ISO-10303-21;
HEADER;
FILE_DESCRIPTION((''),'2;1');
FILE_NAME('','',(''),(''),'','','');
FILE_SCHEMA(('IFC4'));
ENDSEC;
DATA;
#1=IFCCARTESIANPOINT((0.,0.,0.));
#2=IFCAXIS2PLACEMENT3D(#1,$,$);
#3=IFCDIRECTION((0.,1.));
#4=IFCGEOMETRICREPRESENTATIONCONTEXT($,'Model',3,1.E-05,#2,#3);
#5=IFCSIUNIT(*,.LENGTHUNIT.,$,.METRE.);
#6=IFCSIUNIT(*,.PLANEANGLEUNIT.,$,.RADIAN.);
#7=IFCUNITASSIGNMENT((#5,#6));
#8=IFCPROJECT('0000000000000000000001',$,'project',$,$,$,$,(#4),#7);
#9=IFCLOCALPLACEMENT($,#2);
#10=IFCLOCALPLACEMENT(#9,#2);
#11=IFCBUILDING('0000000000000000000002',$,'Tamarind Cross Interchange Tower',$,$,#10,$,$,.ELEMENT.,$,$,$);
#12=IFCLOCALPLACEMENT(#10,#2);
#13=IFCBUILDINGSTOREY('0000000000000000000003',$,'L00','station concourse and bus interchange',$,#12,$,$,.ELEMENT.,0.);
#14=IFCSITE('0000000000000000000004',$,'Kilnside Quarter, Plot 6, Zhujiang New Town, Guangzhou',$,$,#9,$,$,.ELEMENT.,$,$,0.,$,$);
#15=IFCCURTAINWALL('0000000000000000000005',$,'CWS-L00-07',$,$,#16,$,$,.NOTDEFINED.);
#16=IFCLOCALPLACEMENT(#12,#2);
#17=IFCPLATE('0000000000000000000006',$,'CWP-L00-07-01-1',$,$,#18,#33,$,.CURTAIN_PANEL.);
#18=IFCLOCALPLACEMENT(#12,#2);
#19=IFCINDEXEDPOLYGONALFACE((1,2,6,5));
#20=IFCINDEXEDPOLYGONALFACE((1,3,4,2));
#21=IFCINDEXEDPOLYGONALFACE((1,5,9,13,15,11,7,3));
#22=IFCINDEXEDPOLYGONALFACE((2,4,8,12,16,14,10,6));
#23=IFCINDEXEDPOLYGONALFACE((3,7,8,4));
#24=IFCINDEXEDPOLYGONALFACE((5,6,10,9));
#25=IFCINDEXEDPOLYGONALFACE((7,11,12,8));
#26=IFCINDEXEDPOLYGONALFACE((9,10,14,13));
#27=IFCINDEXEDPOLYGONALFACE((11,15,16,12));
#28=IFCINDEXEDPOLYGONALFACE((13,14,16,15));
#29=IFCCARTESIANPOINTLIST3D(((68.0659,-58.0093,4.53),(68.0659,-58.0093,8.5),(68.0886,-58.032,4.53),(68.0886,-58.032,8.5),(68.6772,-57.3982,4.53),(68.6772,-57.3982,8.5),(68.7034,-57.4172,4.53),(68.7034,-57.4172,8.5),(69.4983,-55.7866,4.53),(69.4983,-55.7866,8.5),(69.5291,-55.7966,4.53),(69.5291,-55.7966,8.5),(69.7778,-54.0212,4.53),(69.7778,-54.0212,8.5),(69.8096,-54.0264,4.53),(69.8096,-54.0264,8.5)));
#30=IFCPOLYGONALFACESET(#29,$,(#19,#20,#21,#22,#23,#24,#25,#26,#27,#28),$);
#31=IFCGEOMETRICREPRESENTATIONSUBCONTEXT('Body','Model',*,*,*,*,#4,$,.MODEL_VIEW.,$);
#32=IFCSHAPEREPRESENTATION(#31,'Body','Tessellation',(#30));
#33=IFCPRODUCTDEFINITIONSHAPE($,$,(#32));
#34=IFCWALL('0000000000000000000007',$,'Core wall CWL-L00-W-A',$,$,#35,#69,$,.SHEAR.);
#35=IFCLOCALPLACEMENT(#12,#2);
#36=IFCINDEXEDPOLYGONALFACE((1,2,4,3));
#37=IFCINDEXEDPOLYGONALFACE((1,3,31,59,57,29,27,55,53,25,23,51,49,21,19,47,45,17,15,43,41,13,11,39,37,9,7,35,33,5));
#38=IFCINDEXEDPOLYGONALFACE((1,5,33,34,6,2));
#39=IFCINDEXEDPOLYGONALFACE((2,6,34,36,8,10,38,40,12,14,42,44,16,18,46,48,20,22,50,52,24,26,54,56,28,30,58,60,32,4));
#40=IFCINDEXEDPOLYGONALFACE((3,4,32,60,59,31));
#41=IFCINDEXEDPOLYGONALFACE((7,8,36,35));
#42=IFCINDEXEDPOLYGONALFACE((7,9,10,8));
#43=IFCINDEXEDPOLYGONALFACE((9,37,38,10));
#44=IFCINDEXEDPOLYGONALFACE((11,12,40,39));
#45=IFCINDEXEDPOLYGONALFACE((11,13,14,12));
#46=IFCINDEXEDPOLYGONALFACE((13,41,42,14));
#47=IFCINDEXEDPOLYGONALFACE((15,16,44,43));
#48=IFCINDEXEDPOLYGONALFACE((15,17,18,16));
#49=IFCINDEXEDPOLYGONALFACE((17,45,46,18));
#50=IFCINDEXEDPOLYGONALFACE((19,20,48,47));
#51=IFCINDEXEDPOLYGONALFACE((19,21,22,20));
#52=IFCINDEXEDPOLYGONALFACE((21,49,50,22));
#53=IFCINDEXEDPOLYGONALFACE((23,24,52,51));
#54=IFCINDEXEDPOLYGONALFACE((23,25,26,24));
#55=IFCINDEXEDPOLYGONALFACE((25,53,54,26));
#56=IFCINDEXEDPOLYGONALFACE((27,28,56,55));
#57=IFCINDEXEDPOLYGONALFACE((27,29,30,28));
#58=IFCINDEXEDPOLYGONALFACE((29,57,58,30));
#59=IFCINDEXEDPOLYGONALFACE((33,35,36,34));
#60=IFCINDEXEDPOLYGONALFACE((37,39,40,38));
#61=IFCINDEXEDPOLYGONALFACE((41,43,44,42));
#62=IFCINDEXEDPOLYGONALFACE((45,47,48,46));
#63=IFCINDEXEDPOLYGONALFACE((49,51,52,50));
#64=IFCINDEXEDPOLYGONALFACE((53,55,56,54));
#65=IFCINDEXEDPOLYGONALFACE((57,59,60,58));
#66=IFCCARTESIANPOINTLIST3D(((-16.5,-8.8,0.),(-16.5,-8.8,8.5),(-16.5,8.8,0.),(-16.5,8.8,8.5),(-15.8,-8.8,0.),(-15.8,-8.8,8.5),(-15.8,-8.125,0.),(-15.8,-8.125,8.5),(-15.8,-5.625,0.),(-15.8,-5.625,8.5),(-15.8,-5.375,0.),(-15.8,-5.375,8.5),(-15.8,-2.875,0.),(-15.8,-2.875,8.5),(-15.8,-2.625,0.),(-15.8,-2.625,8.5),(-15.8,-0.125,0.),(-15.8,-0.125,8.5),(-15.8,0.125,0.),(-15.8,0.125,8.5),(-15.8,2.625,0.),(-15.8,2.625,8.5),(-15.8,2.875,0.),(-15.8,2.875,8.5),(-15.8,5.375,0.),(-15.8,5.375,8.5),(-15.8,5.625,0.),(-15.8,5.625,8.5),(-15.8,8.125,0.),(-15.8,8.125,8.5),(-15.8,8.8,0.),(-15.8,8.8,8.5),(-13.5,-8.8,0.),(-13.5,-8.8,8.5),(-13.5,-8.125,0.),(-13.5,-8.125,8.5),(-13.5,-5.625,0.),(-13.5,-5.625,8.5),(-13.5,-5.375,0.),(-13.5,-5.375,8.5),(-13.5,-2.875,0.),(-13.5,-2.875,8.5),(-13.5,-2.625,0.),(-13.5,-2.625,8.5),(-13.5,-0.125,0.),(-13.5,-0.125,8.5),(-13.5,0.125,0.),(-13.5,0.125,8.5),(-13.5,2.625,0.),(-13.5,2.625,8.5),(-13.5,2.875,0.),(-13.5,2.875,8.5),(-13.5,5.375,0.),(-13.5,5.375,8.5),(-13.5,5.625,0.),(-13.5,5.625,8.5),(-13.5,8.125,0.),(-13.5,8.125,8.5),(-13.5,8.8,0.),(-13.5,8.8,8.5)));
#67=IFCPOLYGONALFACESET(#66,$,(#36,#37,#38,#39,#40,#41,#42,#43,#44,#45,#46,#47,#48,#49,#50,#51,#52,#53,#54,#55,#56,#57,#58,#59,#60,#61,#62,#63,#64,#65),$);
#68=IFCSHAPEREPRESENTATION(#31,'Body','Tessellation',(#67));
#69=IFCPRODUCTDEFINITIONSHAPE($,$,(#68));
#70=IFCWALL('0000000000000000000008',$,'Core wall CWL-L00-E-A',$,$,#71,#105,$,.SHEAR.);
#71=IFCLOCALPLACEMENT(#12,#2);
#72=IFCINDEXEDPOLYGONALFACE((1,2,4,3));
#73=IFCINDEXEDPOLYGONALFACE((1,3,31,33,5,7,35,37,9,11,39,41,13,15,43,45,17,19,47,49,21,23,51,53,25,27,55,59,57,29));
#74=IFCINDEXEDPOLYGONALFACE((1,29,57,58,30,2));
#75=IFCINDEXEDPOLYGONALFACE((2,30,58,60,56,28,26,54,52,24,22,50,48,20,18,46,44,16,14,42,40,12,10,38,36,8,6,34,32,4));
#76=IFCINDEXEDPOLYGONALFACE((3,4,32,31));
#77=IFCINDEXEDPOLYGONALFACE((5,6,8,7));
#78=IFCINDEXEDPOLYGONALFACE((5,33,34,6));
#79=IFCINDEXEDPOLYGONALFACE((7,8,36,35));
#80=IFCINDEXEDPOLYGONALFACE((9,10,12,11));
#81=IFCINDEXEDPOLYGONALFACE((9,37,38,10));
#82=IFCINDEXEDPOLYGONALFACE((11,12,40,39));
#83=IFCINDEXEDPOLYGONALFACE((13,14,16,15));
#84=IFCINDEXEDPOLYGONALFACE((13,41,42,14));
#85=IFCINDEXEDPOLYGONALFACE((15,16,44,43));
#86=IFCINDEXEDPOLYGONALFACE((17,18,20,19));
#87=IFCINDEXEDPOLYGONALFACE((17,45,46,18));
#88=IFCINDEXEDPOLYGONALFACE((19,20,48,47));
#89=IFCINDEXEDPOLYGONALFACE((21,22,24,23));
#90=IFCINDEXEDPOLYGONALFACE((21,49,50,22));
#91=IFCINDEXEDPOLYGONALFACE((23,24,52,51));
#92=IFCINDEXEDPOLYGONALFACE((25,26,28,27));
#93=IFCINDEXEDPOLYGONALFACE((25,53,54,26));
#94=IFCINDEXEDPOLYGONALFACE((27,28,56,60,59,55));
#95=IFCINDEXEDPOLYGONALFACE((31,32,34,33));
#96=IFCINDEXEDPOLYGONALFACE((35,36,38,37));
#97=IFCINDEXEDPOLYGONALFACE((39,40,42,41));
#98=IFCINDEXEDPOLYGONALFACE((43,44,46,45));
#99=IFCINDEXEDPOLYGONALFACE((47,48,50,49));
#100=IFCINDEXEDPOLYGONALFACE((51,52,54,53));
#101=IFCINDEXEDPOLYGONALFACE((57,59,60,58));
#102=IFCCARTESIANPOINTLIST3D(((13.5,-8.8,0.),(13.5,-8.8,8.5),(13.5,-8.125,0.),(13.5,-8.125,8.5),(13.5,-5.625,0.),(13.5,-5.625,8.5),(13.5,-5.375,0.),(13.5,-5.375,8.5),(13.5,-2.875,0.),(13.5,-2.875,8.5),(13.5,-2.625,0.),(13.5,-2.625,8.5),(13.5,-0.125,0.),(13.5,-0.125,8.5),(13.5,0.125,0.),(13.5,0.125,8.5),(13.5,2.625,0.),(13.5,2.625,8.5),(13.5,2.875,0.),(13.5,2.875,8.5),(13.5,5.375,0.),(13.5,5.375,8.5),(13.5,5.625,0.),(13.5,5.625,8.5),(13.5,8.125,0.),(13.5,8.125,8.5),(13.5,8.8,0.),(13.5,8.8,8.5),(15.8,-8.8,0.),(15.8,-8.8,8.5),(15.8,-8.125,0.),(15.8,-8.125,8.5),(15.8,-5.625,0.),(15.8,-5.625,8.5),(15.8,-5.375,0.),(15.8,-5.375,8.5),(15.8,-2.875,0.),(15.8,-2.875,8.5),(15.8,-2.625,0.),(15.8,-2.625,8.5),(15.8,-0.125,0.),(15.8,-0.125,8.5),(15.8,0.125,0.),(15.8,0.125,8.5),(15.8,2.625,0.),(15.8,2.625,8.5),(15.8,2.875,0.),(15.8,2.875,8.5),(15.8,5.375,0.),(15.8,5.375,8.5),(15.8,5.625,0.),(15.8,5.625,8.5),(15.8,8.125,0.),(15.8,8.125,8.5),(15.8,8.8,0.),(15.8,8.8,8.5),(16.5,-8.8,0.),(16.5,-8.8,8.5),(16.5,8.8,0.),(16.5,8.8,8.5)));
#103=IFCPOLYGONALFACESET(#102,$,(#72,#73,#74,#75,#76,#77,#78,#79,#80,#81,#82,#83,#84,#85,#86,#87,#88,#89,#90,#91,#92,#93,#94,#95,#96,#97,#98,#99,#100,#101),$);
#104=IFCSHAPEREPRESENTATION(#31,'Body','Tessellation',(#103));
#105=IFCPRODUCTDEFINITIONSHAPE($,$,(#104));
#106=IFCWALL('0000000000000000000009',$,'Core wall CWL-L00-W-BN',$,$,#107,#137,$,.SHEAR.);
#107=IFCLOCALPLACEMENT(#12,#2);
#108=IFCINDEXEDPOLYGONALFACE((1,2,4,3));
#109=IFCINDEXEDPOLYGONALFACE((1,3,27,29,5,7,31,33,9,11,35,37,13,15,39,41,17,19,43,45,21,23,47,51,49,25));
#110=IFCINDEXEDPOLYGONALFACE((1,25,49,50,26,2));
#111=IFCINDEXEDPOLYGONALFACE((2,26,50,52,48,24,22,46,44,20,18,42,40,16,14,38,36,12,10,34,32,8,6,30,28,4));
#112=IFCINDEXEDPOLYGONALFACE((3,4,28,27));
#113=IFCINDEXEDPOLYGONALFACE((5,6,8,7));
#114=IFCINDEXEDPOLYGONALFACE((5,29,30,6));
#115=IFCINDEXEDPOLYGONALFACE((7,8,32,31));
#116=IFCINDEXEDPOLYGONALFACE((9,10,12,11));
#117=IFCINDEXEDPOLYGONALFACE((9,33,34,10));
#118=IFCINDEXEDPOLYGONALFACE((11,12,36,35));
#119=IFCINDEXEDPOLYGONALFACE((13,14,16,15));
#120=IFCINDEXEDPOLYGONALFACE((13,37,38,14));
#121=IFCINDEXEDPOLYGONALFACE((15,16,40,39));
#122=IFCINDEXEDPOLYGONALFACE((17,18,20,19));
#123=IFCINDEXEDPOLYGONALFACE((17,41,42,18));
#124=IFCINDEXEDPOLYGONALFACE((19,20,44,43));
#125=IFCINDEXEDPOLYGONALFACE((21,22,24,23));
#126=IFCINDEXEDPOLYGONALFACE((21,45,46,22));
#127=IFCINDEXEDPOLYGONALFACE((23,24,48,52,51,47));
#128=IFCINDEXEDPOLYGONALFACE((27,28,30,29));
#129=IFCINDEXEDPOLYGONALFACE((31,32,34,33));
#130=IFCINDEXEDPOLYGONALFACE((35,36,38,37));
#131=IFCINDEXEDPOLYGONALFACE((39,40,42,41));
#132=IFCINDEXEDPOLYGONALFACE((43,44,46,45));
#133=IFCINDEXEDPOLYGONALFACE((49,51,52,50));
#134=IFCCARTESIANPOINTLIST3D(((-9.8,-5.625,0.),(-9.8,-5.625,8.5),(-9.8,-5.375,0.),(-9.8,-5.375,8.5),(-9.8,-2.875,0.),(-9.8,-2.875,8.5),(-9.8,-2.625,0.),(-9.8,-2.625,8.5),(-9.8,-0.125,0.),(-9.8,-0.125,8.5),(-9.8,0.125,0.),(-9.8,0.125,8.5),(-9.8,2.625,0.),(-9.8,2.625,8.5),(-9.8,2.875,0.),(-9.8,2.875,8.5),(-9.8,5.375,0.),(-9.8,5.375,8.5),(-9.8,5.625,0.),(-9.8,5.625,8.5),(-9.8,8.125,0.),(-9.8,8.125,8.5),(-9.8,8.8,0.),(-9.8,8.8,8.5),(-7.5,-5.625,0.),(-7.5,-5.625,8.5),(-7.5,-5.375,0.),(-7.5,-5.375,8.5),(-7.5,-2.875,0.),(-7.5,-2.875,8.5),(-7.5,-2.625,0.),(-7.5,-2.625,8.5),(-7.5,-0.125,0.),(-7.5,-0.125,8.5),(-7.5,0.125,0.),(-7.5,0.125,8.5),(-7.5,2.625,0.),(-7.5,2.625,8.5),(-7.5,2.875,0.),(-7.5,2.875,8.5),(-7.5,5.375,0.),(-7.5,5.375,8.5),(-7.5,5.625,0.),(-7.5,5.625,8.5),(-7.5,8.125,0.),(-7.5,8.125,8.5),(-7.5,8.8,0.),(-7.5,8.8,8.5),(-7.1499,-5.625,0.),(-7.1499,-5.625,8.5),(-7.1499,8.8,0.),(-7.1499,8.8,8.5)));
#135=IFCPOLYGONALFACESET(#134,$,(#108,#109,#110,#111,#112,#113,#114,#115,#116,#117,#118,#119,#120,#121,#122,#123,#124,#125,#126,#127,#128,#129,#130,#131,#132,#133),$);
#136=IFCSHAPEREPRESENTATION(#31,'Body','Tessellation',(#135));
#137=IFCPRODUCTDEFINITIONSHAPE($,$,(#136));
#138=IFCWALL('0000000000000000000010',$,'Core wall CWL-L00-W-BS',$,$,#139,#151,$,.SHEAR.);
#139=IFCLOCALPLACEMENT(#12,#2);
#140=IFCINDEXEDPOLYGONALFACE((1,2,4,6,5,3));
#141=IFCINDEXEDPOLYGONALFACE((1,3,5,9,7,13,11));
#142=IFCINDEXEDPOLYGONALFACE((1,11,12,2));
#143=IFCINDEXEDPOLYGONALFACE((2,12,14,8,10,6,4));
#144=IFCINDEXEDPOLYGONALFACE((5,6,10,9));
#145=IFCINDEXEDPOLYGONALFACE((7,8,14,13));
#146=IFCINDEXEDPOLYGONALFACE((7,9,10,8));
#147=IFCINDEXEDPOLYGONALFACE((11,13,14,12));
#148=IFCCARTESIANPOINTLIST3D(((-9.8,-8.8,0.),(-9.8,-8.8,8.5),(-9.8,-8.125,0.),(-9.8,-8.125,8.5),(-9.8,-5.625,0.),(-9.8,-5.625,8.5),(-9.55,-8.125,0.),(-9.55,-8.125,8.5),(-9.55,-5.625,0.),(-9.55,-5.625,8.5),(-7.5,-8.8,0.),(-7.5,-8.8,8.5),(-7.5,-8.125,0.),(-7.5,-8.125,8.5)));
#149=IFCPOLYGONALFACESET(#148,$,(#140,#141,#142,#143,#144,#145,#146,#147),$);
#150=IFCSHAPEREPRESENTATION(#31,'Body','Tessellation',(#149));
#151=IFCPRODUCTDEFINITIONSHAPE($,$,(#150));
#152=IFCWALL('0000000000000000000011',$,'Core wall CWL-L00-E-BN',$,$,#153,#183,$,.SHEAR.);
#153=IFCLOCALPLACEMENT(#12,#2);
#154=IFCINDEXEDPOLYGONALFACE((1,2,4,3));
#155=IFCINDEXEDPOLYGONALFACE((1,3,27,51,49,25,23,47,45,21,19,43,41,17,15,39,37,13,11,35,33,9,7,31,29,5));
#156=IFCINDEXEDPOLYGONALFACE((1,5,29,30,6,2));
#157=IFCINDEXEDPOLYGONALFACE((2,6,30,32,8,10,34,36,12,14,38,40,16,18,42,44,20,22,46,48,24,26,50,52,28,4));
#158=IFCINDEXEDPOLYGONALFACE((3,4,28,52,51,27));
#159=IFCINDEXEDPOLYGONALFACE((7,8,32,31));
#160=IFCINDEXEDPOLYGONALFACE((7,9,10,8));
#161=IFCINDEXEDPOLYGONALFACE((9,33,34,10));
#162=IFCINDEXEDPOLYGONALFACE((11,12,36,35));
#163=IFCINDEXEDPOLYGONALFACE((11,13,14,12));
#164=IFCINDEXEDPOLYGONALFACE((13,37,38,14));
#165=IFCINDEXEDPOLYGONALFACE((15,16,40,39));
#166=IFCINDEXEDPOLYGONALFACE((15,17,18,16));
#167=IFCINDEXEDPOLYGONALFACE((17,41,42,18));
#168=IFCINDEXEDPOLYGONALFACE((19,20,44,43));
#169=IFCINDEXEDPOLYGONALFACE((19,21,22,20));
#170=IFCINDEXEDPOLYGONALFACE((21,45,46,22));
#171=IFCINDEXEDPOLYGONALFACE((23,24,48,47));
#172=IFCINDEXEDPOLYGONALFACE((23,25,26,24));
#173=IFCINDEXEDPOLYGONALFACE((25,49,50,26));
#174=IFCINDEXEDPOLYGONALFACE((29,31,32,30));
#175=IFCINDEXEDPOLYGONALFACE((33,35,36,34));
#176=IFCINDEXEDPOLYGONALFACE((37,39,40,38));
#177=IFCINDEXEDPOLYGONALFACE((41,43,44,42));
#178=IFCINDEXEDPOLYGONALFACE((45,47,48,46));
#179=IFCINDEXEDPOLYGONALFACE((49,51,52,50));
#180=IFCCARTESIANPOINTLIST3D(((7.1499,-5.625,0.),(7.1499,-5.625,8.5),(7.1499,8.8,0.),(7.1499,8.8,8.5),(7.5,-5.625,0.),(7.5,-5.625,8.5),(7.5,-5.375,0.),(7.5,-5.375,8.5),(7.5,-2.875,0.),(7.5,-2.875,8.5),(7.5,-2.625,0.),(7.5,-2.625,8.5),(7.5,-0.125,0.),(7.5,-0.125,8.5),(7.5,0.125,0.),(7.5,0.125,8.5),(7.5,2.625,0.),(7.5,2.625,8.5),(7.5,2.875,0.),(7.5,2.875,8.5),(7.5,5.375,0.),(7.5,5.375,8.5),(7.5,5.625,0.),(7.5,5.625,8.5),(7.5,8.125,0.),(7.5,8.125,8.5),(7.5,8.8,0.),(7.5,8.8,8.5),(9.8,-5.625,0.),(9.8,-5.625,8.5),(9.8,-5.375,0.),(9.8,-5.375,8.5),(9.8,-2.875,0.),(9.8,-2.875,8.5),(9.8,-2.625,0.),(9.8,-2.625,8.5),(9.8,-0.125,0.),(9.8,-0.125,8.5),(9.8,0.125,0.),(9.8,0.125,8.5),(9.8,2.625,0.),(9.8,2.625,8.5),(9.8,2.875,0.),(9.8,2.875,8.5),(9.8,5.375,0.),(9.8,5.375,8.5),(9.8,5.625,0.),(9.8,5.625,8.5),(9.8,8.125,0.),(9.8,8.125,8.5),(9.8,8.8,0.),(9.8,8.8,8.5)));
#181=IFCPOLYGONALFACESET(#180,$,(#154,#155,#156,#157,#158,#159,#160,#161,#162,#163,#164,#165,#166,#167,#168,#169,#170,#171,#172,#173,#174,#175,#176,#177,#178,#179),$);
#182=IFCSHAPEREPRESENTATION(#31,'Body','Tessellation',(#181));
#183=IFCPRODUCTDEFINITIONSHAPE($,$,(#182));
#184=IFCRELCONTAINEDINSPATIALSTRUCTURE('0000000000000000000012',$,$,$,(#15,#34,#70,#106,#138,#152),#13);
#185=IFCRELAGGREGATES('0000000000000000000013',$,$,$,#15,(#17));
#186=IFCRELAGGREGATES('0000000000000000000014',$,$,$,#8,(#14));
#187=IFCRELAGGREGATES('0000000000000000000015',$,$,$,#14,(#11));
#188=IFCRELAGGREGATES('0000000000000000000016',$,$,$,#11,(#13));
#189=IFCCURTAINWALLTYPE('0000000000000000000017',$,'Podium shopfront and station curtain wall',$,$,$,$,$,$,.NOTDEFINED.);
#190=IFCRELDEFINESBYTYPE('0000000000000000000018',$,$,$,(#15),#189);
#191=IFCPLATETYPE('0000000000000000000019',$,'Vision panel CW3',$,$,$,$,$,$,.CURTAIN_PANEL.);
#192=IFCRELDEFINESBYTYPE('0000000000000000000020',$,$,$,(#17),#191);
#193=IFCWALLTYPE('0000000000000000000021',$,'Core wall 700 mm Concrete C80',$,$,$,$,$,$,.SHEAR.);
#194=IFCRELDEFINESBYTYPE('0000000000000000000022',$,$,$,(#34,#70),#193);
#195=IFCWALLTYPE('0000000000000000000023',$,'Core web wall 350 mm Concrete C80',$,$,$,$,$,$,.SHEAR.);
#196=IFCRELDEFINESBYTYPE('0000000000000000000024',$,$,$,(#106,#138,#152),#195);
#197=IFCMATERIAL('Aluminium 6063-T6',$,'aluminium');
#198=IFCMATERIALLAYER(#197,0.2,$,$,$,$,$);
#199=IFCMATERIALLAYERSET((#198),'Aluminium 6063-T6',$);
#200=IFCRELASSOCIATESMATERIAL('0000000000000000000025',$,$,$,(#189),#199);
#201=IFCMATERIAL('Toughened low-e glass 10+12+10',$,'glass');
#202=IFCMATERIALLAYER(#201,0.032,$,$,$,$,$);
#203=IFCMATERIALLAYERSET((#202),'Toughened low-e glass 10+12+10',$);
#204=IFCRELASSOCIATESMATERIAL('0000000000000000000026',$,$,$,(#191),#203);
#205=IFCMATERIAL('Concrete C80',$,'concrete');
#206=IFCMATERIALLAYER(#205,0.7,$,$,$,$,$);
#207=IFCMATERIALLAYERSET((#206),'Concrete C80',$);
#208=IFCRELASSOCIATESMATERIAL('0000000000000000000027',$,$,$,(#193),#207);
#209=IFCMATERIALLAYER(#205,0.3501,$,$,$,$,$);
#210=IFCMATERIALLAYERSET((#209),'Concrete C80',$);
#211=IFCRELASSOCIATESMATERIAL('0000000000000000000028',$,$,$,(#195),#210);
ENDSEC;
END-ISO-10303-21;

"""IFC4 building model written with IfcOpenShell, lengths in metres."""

from ifc_helpers import new_model, si_unit, direction, frame, origin, place, context, subcontext, project, spatial, polyline, outline, extrude, material, layer, layer_set, type_object, element, aggregate, save


model = new_model("IFC4")

# Units and contexts
model_context = context("Model", 3, precision=1e-05, world=origin(), true_north=direction((0.0, 1.0)))
body_context = subcontext(model_context, "Body", "Model", "MODEL_VIEW")
ifc_project = project(units=[si_unit("LENGTHUNIT", "METRE"), si_unit("PLANEANGLEUNIT", "RADIAN")], contexts=[model_context])

# Site, building, storey
site_placement = place(None, origin())
site = spatial("IfcSite", under=ifc_project, at=site_placement, Name="Kilnside Quarter, Plot 6, Zhujiang New Town, Guangzhou", CompositionType="ELEMENT", RefElevation=0.0)
building_placement = place(site_placement, origin())
building = spatial("IfcBuilding", under=site, at=building_placement, Name="Tamarind Cross Interchange Tower", CompositionType="ELEMENT")
storey_placement = place(building_placement, origin())
storey = spatial("IfcBuildingStorey", under=building, at=storey_placement, Name="L00", Description="station concourse and bus interchange", CompositionType="ELEMENT", Elevation=0.0)

# Shared definitions
ifc_material_1 = material(Name="Aluminium 6063-T6", Category="aluminium")
ifc_layer_1 = layer(ifc_material_1, 0.2)
ifc_layer_set_1 = layer_set([ifc_layer_1], Name="Aluminium 6063-T6")
curtain_wall_type = type_object("IfcCurtainWallType", Name="Podium shopfront and station curtain wall", PredefinedType="NOTDEFINED", material=ifc_layer_set_1)

# Curtain wall
curtain_wall_1_placement = place(storey_placement, origin())
curtain_wall_1 = element("IfcCurtainWall", 1, at=curtain_wall_1_placement, inside=storey, type_object=curtain_wall_type, Name="CWS-L00-07", PredefinedType="NOTDEFINED")

# Plate
ifc_material_2 = material(Name="Toughened low-e glass 10+12+10", Category="glass")
ifc_layer_2 = layer(ifc_material_2, 0.032)
ifc_layer_set_2 = layer_set([ifc_layer_2], Name="Toughened low-e glass 10+12+10")
plate_type = type_object("IfcPlateType", Name="Vision panel CW3", PredefinedType="CURTAIN_PANEL", material=ifc_layer_set_2)
plate_1_placement = place(storey_placement, frame((0.0, 0.0, 4.53)))
plate_1 = element("IfcPlate", 2, at=plate_1_placement, type_object=plate_type, Name="CWP-L00-07-01-1", PredefinedType="CURTAIN_PANEL", context=body_context, shape_type="SweptSolid", body=[
    extrude(outline(polyline([(68.0659, -58.0093), (68.6772, -57.3982), (69.4983, -55.7866), (69.7778, -54.0212), (69.8096, -54.0264), (69.5291, -55.7966), (68.7034, -57.4172), (68.0886, -58.032), (68.0659, -58.0093)])), origin(), (0.0, 0.0, 1.0), 3.97),
])
aggregate(curtain_wall_1, [plate_1])

# Walls
ifc_material_3 = material(Name="Concrete C80", Category="concrete")
ifc_layer_3 = layer(ifc_material_3, 0.7)
ifc_layer_set_3 = layer_set([ifc_layer_3], Name="Concrete C80")
wall_type_1 = type_object("IfcWallType", Name="Core wall 700 mm Concrete C80", PredefinedType="SHEAR", material=ifc_layer_set_3)
wall_1_placement = place(storey_placement, origin())
element("IfcWall", 3, at=wall_1_placement, inside=storey, type_object=wall_type_1, Name="Core wall CWL-L00-W-A", PredefinedType="SHEAR", context=body_context, shape_type="SweptSolid", body=[
    extrude(outline(polyline([(-13.5, -8.8), (-13.5, -8.125), (-15.8, -8.125), (-15.8, -5.625), (-13.5, -5.625), (-13.5, -5.375), (-15.8, -5.375), (-15.8, -2.875), (-13.5, -2.875), (-13.5, -2.625), (-15.8, -2.625), (-15.8, -0.125), (-13.5, -0.125), (-13.5, 0.125), (-15.8, 0.125), (-15.8, 2.625), (-13.5, 2.625), (-13.5, 2.875), (-15.8, 2.875), (-15.8, 5.375), (-13.5, 5.375), (-13.5, 5.625), (-15.8, 5.625), (-15.8, 8.125), (-13.5, 8.125), (-13.5, 8.8), (-15.8, 8.8), (-16.5, 8.8), (-16.5, -8.8), (-15.8, -8.8), (-13.5, -8.8)])), origin(), (0.0, 0.0, 1.0), 8.5),
])
wall_2_placement = place(storey_placement, origin())
element("IfcWall", 4, at=wall_2_placement, inside=storey, type_object=wall_type_1, Name="Core wall CWL-L00-E-A", PredefinedType="SHEAR", context=body_context, shape_type="SweptSolid", body=[
    extrude(outline(polyline([(13.5, -8.8), (15.8, -8.8), (16.5, -8.8), (16.5, 8.8), (15.8, 8.8), (13.5, 8.8), (13.5, 8.125), (15.8, 8.125), (15.8, 5.625), (13.5, 5.625), (13.5, 5.375), (15.8, 5.375), (15.8, 2.875), (13.5, 2.875), (13.5, 2.625), (15.8, 2.625), (15.8, 0.125), (13.5, 0.125), (13.5, -0.125), (15.8, -0.125), (15.8, -2.625), (13.5, -2.625), (13.5, -2.875), (15.8, -2.875), (15.8, -5.375), (13.5, -5.375), (13.5, -5.625), (15.8, -5.625), (15.8, -8.125), (13.5, -8.125), (13.5, -8.8)])), origin(), (0.0, 0.0, 1.0), 8.5),
])
ifc_layer_4 = layer(ifc_material_3, 0.3501)
ifc_layer_set_4 = layer_set([ifc_layer_4], Name="Concrete C80")
wall_type_2 = type_object("IfcWallType", Name="Core web wall 350 mm Concrete C80", PredefinedType="SHEAR", material=ifc_layer_set_4)
wall_3_placement = place(storey_placement, origin())
element("IfcWall", 5, at=wall_3_placement, inside=storey, type_object=wall_type_2, Name="Core wall CWL-L00-W-BN", PredefinedType="SHEAR", context=body_context, shape_type="SweptSolid", body=[
    extrude(outline(polyline([(-9.8, -5.375), (-9.8, -5.625), (-7.5, -5.625), (-7.1499, -5.625), (-7.1499, 8.8), (-7.5, 8.8), (-9.8, 8.8), (-9.8, 8.125), (-7.5, 8.125), (-7.5, 5.625), (-9.8, 5.625), (-9.8, 5.375), (-7.5, 5.375), (-7.5, 2.875), (-9.8, 2.875), (-9.8, 2.625), (-7.5, 2.625), (-7.5, 0.125), (-9.8, 0.125), (-9.8, -0.125), (-7.5, -0.125), (-7.5, -2.625), (-9.8, -2.625), (-9.8, -2.875), (-7.5, -2.875), (-7.5, -5.375), (-9.8, -5.375)])), origin(), (0.0, 0.0, 1.0), 8.5),
])
wall_4_placement = place(storey_placement, origin())
element("IfcWall", 6, at=wall_4_placement, inside=storey, type_object=wall_type_2, Name="Core wall CWL-L00-W-BS", PredefinedType="SHEAR", context=body_context, shape_type="SweptSolid", body=[
    extrude(outline(polyline([(-7.5, -8.125), (-9.55, -8.125), (-9.55, -5.625), (-9.8, -5.625), (-9.8, -8.125), (-9.8, -8.8), (-7.5, -8.8), (-7.5, -8.125)])), origin(), (0.0, 0.0, 1.0), 8.5),
])
wall_5_placement = place(storey_placement, origin())
element("IfcWall", 7, at=wall_5_placement, inside=storey, type_object=wall_type_2, Name="Core wall CWL-L00-E-BN", PredefinedType="SHEAR", context=body_context, shape_type="SweptSolid", body=[
    extrude(outline(polyline([(9.8, -5.375), (7.5, -5.375), (7.5, -2.875), (9.8, -2.875), (9.8, -2.625), (7.5, -2.625), (7.5, -0.125), (9.8, -0.125), (9.8, 0.125), (7.5, 0.125), (7.5, 2.625), (9.8, 2.625), (9.8, 2.875), (7.5, 2.875), (7.5, 5.375), (9.8, 5.375), (9.8, 5.625), (7.5, 5.625), (7.5, 8.125), (9.8, 8.125), (9.8, 8.8), (7.5, 8.8), (7.1499, 8.8), (7.1499, -5.625), (7.5, -5.625), (9.8, -5.625), (9.8, -5.375)])), origin(), (0.0, 0.0, 1.0), 8.5),
])

save(model, "model.ifc")
